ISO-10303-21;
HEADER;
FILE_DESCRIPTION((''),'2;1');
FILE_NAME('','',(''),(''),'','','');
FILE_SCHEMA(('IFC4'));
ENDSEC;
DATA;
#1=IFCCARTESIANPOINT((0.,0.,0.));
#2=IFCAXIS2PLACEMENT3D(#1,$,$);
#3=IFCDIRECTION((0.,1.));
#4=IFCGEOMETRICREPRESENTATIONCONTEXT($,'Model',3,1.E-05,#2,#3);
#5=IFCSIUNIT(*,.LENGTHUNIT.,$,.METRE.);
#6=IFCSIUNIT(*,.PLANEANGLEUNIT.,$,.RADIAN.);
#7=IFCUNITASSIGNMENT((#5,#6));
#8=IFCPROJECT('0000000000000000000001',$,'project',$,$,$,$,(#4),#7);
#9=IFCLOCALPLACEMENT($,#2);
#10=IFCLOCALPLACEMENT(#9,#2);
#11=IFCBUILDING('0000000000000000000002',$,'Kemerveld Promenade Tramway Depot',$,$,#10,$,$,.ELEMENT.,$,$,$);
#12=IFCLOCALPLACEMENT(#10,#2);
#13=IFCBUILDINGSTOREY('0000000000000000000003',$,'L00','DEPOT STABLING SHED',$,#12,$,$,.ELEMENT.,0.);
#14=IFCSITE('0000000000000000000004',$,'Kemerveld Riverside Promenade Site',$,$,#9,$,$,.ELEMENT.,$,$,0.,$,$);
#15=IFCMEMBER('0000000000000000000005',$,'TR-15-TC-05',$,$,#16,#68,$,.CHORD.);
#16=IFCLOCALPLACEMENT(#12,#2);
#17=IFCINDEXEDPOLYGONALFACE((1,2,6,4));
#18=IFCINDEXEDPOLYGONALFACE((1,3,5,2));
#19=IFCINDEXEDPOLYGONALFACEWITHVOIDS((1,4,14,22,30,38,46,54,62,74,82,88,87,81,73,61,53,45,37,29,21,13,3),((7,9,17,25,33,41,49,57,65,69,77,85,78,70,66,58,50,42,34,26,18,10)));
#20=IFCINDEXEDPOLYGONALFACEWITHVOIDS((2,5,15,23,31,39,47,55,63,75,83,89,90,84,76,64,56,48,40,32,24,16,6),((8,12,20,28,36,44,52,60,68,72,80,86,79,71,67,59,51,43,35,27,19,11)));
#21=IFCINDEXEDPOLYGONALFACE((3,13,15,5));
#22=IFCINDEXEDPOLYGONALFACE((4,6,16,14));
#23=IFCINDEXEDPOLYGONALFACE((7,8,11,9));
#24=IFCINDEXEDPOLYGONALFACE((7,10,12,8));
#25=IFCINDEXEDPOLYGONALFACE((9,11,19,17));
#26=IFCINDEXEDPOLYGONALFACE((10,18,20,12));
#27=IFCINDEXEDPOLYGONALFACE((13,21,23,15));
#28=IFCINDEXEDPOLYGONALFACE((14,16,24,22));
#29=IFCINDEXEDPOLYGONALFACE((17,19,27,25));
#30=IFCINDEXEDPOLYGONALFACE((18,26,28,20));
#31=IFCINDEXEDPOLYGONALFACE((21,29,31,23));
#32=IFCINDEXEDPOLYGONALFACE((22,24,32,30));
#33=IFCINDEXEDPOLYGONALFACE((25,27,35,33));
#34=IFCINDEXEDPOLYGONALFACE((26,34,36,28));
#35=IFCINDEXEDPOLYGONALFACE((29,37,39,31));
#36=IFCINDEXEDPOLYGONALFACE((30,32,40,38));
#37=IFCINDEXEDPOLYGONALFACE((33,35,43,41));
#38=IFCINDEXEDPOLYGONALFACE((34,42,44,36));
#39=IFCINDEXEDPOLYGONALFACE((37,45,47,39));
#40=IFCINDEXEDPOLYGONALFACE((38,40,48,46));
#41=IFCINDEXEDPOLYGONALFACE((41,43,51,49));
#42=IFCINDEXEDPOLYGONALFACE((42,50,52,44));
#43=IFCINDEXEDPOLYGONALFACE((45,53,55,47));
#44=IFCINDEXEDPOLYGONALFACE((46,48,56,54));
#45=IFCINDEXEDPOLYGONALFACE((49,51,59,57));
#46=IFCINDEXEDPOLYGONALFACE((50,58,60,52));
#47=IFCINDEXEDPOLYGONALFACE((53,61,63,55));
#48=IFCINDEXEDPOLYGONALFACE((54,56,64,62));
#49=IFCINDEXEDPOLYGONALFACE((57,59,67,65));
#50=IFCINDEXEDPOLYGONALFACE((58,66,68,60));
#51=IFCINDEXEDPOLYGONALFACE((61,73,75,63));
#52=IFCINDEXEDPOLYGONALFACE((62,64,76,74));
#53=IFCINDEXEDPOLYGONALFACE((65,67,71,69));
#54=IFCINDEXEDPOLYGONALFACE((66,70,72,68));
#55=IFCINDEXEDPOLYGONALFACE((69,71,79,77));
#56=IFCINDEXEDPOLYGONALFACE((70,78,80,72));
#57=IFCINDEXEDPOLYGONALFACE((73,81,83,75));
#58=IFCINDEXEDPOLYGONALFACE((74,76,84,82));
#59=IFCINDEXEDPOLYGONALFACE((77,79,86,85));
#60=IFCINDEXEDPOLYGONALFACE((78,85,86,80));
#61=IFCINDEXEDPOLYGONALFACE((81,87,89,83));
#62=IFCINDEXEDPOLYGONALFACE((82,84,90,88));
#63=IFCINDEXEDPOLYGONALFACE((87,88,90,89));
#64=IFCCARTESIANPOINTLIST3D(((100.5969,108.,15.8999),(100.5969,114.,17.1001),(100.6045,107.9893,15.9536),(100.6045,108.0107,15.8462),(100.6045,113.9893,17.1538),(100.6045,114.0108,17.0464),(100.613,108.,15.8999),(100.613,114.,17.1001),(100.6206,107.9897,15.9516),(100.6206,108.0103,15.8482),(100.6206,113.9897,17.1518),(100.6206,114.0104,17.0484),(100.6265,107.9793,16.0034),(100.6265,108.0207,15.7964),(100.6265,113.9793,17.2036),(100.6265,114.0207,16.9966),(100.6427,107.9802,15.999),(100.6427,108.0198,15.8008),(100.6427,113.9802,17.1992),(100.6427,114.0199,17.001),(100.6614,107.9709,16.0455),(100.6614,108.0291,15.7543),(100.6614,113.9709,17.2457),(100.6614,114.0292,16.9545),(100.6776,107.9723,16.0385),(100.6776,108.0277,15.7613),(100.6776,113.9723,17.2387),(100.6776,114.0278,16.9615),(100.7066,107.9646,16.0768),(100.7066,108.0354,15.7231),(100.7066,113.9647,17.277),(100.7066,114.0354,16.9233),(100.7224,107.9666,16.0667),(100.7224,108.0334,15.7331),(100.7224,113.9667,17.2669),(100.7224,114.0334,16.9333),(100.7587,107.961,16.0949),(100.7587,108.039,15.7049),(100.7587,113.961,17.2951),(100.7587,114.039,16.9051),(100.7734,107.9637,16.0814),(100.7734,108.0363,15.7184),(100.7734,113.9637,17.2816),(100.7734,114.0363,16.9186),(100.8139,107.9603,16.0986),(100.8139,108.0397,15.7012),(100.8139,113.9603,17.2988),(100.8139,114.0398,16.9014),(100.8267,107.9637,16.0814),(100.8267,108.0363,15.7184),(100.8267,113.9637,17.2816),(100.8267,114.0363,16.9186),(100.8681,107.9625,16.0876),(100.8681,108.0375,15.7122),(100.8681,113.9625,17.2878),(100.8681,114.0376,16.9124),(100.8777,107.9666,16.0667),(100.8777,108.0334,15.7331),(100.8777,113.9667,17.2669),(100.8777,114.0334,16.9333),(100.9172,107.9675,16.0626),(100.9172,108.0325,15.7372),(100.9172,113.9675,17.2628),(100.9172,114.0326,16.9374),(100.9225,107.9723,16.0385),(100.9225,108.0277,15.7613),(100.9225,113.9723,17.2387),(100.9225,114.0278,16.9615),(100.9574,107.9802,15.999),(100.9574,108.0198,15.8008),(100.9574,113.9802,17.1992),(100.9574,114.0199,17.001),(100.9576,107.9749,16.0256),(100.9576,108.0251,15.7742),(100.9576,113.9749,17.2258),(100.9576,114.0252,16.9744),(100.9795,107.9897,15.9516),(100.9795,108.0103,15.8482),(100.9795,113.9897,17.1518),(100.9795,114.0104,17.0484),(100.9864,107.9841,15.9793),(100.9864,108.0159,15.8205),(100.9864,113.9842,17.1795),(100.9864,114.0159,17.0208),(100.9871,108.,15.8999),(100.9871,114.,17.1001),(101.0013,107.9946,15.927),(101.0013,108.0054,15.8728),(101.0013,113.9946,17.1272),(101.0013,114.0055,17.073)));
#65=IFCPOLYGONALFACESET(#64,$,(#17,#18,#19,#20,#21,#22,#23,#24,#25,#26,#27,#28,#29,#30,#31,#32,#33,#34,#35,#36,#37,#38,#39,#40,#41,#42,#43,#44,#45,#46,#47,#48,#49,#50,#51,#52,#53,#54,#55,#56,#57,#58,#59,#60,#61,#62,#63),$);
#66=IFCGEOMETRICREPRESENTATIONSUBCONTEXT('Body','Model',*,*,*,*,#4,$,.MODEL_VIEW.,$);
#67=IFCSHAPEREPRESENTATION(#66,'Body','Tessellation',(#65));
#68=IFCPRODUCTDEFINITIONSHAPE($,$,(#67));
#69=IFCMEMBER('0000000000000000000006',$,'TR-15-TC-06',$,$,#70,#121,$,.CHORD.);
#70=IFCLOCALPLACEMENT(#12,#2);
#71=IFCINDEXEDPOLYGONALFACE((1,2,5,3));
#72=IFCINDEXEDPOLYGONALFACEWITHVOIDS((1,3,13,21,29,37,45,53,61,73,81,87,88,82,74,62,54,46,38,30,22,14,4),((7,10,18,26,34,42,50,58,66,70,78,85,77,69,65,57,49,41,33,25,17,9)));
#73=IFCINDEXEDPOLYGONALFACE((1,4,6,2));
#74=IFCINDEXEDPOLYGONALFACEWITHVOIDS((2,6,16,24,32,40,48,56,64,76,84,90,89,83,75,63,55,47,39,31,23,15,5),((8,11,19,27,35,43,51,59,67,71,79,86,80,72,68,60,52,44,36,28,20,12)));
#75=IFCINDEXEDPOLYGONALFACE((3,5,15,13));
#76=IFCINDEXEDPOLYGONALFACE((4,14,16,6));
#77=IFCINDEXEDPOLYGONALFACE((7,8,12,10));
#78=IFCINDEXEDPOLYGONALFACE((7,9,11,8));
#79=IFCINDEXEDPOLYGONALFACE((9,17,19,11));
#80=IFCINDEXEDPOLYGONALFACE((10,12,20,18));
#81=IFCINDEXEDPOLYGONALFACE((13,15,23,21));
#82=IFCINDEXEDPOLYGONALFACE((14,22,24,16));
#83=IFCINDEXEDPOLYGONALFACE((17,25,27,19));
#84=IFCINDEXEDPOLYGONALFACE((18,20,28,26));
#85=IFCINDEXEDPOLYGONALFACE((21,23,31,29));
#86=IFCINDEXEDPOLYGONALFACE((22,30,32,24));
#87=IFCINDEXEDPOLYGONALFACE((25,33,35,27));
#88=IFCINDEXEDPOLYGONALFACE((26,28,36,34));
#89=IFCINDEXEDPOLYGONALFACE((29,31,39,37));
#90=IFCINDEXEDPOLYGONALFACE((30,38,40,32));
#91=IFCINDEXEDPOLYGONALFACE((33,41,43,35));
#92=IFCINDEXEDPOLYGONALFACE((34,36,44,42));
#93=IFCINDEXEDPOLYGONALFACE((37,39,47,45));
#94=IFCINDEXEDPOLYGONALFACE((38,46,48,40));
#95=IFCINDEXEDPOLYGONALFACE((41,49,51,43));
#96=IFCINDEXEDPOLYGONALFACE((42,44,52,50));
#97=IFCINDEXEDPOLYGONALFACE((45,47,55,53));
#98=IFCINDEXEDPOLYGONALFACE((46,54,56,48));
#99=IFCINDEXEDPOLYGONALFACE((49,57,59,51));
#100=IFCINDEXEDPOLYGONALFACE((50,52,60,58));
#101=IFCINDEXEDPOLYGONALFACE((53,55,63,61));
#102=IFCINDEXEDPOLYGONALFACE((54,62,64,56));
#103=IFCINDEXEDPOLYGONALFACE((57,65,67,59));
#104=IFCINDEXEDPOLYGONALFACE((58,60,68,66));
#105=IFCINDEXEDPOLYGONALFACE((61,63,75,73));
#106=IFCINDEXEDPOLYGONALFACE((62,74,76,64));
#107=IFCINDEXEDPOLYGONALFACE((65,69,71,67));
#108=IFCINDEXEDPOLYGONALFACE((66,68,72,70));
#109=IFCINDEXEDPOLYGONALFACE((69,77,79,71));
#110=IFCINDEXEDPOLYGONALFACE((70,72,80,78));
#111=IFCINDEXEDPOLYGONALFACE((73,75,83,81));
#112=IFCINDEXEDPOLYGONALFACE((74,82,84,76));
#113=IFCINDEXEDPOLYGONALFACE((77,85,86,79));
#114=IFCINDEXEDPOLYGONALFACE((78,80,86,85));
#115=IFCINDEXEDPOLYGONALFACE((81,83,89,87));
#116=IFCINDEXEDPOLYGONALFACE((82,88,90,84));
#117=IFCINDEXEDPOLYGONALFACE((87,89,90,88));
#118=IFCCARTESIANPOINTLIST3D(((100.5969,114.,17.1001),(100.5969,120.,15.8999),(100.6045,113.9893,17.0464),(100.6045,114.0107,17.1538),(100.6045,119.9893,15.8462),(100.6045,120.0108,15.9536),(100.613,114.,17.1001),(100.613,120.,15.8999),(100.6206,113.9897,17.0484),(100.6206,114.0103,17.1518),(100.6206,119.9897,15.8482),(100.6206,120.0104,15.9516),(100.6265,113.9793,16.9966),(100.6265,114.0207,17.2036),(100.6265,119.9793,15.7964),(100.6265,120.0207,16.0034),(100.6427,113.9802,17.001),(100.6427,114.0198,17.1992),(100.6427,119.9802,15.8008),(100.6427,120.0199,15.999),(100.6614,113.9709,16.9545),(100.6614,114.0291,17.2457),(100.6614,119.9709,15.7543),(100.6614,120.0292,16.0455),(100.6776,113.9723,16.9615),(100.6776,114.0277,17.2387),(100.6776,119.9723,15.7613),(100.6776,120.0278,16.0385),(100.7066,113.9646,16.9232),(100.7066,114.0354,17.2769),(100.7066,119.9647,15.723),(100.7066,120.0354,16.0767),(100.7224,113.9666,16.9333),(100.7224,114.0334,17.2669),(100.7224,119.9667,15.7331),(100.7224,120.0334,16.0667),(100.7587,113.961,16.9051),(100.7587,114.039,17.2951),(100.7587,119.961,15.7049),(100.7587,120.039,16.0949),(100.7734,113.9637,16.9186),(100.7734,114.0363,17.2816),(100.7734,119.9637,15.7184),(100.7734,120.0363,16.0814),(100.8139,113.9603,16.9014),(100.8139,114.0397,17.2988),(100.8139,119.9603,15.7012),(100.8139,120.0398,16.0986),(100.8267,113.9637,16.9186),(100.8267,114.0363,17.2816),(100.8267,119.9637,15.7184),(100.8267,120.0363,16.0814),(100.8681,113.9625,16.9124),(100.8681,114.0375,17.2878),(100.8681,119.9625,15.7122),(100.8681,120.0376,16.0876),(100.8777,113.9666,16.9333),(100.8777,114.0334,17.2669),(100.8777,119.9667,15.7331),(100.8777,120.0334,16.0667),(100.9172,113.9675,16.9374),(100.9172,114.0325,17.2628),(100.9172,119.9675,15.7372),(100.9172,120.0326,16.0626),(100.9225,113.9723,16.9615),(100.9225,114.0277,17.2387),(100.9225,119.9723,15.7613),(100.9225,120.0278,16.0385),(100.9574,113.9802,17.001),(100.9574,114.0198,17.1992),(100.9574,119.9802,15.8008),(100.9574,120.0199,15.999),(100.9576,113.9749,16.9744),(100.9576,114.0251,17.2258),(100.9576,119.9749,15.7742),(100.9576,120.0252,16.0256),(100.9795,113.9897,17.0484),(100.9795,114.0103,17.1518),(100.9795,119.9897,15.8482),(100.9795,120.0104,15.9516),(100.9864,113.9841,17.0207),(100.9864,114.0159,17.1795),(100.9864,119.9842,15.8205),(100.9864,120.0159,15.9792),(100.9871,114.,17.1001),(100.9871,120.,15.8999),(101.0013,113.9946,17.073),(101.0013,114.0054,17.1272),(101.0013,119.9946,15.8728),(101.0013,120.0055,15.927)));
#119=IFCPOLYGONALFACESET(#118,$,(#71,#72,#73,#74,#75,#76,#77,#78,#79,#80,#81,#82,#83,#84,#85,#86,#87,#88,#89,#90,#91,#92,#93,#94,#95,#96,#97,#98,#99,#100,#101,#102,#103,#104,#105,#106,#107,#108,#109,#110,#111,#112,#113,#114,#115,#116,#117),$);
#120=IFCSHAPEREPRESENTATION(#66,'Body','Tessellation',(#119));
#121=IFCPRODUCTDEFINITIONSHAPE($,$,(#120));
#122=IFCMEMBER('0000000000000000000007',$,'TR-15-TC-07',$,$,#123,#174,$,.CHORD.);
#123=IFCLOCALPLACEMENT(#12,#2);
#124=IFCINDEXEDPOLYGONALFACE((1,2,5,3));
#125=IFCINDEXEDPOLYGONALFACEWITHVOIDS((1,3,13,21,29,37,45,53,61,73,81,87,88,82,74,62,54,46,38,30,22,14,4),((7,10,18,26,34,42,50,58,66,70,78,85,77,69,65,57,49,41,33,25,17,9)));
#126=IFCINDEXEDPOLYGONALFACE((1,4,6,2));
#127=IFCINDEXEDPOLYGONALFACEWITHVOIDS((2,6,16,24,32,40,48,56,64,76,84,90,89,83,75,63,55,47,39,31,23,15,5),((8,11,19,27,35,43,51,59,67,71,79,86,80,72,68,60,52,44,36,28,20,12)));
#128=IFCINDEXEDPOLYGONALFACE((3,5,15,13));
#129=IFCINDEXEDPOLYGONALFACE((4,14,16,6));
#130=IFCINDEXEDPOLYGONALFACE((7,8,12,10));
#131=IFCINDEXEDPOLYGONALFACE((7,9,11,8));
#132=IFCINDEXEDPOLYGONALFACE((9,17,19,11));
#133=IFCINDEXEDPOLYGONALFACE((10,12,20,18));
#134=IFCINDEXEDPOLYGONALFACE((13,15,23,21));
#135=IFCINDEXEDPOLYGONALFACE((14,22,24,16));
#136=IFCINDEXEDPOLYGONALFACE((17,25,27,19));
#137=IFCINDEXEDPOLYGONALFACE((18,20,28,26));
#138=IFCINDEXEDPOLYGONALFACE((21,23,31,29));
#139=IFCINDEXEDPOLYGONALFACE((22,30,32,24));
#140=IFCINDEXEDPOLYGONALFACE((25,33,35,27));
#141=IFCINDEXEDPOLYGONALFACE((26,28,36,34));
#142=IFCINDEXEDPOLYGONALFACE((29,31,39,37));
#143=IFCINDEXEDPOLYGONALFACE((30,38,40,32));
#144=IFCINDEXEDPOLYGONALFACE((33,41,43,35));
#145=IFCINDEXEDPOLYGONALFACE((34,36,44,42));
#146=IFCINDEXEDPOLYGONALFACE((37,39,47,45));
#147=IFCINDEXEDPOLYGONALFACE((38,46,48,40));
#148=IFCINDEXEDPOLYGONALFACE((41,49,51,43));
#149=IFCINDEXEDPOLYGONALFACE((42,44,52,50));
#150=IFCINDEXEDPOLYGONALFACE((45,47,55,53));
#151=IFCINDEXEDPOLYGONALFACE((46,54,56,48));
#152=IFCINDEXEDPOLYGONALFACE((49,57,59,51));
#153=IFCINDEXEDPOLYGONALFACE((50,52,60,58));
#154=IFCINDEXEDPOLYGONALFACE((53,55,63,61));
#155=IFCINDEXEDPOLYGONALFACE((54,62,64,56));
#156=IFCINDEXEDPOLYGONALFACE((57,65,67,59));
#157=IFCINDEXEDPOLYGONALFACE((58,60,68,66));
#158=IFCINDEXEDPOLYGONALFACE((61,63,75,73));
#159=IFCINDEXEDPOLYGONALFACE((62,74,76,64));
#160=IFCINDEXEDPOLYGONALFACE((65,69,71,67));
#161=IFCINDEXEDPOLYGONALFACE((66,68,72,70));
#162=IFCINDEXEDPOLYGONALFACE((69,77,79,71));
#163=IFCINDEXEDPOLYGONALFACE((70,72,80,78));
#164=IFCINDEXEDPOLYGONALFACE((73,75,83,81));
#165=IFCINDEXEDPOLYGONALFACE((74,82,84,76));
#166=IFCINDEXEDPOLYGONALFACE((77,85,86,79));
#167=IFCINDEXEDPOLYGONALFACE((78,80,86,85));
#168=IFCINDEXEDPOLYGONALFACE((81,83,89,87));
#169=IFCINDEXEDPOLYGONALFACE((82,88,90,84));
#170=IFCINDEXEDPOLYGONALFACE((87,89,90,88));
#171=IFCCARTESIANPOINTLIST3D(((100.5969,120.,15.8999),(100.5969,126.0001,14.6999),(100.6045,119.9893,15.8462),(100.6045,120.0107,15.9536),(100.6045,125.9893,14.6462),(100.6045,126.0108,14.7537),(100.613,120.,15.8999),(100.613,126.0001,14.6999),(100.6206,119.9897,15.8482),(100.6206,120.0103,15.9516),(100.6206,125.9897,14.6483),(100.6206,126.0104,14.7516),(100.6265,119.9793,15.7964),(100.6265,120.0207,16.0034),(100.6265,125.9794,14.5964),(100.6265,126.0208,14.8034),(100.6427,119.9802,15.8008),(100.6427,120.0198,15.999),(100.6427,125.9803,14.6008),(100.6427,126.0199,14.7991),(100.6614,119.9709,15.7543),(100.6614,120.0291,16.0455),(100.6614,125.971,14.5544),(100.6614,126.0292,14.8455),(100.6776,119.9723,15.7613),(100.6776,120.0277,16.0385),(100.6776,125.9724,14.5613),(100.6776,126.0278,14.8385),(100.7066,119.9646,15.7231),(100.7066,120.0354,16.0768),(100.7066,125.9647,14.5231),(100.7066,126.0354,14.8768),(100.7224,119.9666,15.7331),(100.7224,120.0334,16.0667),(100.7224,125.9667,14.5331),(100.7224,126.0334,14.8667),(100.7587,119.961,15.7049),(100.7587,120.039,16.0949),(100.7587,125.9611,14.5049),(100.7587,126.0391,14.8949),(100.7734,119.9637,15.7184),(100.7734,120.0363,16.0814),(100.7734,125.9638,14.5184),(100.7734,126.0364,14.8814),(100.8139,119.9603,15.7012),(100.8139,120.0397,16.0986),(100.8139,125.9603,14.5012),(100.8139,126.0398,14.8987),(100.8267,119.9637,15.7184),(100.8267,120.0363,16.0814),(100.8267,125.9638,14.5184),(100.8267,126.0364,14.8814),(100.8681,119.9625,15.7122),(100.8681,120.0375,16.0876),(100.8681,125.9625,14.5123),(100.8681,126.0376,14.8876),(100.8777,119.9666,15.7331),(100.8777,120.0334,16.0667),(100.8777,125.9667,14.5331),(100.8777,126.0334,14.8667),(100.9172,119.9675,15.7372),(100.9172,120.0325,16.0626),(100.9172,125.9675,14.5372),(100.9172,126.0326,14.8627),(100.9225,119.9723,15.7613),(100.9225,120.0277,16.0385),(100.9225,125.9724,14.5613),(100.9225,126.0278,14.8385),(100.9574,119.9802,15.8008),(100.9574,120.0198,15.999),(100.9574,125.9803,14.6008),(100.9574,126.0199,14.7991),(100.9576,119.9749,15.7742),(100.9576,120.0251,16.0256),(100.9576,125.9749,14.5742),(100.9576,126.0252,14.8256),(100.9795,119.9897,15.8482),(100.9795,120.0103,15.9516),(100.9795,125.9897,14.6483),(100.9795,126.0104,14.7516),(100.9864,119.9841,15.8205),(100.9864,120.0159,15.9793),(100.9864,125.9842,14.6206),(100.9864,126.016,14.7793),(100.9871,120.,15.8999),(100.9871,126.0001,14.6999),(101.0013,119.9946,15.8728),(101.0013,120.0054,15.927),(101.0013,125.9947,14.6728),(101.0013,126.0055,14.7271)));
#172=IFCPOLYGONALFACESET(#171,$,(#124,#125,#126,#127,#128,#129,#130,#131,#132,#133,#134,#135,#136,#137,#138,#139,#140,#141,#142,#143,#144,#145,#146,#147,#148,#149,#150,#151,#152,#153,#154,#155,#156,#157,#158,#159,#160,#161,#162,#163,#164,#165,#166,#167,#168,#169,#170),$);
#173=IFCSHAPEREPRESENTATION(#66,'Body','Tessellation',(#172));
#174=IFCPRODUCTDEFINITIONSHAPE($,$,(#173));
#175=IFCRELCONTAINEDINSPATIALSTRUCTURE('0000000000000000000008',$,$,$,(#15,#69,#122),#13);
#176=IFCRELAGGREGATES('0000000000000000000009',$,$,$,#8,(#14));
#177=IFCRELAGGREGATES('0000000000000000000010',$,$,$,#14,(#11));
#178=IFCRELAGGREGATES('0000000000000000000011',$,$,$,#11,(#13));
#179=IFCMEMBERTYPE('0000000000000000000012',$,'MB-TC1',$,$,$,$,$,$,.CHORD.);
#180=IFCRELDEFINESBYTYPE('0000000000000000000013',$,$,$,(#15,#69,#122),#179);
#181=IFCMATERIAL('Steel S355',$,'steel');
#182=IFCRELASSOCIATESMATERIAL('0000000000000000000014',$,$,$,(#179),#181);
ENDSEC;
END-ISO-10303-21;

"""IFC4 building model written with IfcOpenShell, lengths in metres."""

from ifc_helpers import new_model, si_unit, direction, frame, origin, origin_2d, place, context, subcontext, project, spatial, hollow_circle, extrude, material, material_profile, profile_set, type_object, element, save


model = new_model("IFC4")

# Units and contexts
model_context = context("Model", 3, precision=1e-05, world=origin(), true_north=direction((0.0, 1.0)))
body_context = subcontext(model_context, "Body", "Model", "MODEL_VIEW")
ifc_project = project(units=[si_unit("LENGTHUNIT", "METRE"), si_unit("PLANEANGLEUNIT", "RADIAN")], contexts=[model_context])

# Site, building, storey
site_placement = place(None, origin())
site = spatial("IfcSite", under=ifc_project, at=site_placement, Name="Kemerveld Riverside Promenade Site", CompositionType="ELEMENT", RefElevation=0.0)
building_placement = place(site_placement, origin())
building = spatial("IfcBuilding", under=site, at=building_placement, Name="Kemerveld Promenade Tramway Depot", CompositionType="ELEMENT")
storey_placement = place(building_placement, origin())
storey = spatial("IfcBuildingStorey", under=building, at=storey_placement, Name="L00", Description="DEPOT STABLING SHED", CompositionType="ELEMENT", Elevation=0.0)

# Members
ifc_material_1 = material(Name="Steel S355", Category="steel")
ifc_material_profile_1 = material_profile(ifc_material_1, hollow_circle(Radius=0.2031, WallThickness=0.0161, at=origin_2d()), Name="406.4x16.0 CHS")
ifc_profile_set_1 = profile_set([ifc_material_profile_1], Name="Steel S355")
member_type_1 = type_object("IfcMemberType", Name="MB-TC1", PredefinedType="CHORD", material=ifc_profile_set_1)
for number, where, z_axis, x_axis, name in (
    (1, (100.8, 108.0, 15.8999), (0.0, 0.980575, 0.196147), (-1.0, 0.0, 0.0), "TR-15-TC-05"),
    (2, (100.8, 114.0, 17.1001), (0.0, 0.980575, -0.196147), (-1.0, 0.0, 0.0), "TR-15-TC-06"),
    (3, (100.8, 120.0, 15.8999), (0.0, 0.980582, -0.196108), (-1.0, 0.0, 0.0), "TR-15-TC-07"),
):
    element("IfcMember", number, at=place(storey_placement, frame(where, z_axis=z_axis, x_axis=x_axis)), inside=storey, type_object=member_type_1, Name=name, PredefinedType="CHORD", context=body_context, shape_type="SweptSolid", body=[
        extrude(hollow_circle(Radius=0.2031, WallThickness=0.0161, at=origin_2d()), origin(), (0.0, 0.0, 1.0), 6.1189),
    ])

save(model, "model.ifc")
